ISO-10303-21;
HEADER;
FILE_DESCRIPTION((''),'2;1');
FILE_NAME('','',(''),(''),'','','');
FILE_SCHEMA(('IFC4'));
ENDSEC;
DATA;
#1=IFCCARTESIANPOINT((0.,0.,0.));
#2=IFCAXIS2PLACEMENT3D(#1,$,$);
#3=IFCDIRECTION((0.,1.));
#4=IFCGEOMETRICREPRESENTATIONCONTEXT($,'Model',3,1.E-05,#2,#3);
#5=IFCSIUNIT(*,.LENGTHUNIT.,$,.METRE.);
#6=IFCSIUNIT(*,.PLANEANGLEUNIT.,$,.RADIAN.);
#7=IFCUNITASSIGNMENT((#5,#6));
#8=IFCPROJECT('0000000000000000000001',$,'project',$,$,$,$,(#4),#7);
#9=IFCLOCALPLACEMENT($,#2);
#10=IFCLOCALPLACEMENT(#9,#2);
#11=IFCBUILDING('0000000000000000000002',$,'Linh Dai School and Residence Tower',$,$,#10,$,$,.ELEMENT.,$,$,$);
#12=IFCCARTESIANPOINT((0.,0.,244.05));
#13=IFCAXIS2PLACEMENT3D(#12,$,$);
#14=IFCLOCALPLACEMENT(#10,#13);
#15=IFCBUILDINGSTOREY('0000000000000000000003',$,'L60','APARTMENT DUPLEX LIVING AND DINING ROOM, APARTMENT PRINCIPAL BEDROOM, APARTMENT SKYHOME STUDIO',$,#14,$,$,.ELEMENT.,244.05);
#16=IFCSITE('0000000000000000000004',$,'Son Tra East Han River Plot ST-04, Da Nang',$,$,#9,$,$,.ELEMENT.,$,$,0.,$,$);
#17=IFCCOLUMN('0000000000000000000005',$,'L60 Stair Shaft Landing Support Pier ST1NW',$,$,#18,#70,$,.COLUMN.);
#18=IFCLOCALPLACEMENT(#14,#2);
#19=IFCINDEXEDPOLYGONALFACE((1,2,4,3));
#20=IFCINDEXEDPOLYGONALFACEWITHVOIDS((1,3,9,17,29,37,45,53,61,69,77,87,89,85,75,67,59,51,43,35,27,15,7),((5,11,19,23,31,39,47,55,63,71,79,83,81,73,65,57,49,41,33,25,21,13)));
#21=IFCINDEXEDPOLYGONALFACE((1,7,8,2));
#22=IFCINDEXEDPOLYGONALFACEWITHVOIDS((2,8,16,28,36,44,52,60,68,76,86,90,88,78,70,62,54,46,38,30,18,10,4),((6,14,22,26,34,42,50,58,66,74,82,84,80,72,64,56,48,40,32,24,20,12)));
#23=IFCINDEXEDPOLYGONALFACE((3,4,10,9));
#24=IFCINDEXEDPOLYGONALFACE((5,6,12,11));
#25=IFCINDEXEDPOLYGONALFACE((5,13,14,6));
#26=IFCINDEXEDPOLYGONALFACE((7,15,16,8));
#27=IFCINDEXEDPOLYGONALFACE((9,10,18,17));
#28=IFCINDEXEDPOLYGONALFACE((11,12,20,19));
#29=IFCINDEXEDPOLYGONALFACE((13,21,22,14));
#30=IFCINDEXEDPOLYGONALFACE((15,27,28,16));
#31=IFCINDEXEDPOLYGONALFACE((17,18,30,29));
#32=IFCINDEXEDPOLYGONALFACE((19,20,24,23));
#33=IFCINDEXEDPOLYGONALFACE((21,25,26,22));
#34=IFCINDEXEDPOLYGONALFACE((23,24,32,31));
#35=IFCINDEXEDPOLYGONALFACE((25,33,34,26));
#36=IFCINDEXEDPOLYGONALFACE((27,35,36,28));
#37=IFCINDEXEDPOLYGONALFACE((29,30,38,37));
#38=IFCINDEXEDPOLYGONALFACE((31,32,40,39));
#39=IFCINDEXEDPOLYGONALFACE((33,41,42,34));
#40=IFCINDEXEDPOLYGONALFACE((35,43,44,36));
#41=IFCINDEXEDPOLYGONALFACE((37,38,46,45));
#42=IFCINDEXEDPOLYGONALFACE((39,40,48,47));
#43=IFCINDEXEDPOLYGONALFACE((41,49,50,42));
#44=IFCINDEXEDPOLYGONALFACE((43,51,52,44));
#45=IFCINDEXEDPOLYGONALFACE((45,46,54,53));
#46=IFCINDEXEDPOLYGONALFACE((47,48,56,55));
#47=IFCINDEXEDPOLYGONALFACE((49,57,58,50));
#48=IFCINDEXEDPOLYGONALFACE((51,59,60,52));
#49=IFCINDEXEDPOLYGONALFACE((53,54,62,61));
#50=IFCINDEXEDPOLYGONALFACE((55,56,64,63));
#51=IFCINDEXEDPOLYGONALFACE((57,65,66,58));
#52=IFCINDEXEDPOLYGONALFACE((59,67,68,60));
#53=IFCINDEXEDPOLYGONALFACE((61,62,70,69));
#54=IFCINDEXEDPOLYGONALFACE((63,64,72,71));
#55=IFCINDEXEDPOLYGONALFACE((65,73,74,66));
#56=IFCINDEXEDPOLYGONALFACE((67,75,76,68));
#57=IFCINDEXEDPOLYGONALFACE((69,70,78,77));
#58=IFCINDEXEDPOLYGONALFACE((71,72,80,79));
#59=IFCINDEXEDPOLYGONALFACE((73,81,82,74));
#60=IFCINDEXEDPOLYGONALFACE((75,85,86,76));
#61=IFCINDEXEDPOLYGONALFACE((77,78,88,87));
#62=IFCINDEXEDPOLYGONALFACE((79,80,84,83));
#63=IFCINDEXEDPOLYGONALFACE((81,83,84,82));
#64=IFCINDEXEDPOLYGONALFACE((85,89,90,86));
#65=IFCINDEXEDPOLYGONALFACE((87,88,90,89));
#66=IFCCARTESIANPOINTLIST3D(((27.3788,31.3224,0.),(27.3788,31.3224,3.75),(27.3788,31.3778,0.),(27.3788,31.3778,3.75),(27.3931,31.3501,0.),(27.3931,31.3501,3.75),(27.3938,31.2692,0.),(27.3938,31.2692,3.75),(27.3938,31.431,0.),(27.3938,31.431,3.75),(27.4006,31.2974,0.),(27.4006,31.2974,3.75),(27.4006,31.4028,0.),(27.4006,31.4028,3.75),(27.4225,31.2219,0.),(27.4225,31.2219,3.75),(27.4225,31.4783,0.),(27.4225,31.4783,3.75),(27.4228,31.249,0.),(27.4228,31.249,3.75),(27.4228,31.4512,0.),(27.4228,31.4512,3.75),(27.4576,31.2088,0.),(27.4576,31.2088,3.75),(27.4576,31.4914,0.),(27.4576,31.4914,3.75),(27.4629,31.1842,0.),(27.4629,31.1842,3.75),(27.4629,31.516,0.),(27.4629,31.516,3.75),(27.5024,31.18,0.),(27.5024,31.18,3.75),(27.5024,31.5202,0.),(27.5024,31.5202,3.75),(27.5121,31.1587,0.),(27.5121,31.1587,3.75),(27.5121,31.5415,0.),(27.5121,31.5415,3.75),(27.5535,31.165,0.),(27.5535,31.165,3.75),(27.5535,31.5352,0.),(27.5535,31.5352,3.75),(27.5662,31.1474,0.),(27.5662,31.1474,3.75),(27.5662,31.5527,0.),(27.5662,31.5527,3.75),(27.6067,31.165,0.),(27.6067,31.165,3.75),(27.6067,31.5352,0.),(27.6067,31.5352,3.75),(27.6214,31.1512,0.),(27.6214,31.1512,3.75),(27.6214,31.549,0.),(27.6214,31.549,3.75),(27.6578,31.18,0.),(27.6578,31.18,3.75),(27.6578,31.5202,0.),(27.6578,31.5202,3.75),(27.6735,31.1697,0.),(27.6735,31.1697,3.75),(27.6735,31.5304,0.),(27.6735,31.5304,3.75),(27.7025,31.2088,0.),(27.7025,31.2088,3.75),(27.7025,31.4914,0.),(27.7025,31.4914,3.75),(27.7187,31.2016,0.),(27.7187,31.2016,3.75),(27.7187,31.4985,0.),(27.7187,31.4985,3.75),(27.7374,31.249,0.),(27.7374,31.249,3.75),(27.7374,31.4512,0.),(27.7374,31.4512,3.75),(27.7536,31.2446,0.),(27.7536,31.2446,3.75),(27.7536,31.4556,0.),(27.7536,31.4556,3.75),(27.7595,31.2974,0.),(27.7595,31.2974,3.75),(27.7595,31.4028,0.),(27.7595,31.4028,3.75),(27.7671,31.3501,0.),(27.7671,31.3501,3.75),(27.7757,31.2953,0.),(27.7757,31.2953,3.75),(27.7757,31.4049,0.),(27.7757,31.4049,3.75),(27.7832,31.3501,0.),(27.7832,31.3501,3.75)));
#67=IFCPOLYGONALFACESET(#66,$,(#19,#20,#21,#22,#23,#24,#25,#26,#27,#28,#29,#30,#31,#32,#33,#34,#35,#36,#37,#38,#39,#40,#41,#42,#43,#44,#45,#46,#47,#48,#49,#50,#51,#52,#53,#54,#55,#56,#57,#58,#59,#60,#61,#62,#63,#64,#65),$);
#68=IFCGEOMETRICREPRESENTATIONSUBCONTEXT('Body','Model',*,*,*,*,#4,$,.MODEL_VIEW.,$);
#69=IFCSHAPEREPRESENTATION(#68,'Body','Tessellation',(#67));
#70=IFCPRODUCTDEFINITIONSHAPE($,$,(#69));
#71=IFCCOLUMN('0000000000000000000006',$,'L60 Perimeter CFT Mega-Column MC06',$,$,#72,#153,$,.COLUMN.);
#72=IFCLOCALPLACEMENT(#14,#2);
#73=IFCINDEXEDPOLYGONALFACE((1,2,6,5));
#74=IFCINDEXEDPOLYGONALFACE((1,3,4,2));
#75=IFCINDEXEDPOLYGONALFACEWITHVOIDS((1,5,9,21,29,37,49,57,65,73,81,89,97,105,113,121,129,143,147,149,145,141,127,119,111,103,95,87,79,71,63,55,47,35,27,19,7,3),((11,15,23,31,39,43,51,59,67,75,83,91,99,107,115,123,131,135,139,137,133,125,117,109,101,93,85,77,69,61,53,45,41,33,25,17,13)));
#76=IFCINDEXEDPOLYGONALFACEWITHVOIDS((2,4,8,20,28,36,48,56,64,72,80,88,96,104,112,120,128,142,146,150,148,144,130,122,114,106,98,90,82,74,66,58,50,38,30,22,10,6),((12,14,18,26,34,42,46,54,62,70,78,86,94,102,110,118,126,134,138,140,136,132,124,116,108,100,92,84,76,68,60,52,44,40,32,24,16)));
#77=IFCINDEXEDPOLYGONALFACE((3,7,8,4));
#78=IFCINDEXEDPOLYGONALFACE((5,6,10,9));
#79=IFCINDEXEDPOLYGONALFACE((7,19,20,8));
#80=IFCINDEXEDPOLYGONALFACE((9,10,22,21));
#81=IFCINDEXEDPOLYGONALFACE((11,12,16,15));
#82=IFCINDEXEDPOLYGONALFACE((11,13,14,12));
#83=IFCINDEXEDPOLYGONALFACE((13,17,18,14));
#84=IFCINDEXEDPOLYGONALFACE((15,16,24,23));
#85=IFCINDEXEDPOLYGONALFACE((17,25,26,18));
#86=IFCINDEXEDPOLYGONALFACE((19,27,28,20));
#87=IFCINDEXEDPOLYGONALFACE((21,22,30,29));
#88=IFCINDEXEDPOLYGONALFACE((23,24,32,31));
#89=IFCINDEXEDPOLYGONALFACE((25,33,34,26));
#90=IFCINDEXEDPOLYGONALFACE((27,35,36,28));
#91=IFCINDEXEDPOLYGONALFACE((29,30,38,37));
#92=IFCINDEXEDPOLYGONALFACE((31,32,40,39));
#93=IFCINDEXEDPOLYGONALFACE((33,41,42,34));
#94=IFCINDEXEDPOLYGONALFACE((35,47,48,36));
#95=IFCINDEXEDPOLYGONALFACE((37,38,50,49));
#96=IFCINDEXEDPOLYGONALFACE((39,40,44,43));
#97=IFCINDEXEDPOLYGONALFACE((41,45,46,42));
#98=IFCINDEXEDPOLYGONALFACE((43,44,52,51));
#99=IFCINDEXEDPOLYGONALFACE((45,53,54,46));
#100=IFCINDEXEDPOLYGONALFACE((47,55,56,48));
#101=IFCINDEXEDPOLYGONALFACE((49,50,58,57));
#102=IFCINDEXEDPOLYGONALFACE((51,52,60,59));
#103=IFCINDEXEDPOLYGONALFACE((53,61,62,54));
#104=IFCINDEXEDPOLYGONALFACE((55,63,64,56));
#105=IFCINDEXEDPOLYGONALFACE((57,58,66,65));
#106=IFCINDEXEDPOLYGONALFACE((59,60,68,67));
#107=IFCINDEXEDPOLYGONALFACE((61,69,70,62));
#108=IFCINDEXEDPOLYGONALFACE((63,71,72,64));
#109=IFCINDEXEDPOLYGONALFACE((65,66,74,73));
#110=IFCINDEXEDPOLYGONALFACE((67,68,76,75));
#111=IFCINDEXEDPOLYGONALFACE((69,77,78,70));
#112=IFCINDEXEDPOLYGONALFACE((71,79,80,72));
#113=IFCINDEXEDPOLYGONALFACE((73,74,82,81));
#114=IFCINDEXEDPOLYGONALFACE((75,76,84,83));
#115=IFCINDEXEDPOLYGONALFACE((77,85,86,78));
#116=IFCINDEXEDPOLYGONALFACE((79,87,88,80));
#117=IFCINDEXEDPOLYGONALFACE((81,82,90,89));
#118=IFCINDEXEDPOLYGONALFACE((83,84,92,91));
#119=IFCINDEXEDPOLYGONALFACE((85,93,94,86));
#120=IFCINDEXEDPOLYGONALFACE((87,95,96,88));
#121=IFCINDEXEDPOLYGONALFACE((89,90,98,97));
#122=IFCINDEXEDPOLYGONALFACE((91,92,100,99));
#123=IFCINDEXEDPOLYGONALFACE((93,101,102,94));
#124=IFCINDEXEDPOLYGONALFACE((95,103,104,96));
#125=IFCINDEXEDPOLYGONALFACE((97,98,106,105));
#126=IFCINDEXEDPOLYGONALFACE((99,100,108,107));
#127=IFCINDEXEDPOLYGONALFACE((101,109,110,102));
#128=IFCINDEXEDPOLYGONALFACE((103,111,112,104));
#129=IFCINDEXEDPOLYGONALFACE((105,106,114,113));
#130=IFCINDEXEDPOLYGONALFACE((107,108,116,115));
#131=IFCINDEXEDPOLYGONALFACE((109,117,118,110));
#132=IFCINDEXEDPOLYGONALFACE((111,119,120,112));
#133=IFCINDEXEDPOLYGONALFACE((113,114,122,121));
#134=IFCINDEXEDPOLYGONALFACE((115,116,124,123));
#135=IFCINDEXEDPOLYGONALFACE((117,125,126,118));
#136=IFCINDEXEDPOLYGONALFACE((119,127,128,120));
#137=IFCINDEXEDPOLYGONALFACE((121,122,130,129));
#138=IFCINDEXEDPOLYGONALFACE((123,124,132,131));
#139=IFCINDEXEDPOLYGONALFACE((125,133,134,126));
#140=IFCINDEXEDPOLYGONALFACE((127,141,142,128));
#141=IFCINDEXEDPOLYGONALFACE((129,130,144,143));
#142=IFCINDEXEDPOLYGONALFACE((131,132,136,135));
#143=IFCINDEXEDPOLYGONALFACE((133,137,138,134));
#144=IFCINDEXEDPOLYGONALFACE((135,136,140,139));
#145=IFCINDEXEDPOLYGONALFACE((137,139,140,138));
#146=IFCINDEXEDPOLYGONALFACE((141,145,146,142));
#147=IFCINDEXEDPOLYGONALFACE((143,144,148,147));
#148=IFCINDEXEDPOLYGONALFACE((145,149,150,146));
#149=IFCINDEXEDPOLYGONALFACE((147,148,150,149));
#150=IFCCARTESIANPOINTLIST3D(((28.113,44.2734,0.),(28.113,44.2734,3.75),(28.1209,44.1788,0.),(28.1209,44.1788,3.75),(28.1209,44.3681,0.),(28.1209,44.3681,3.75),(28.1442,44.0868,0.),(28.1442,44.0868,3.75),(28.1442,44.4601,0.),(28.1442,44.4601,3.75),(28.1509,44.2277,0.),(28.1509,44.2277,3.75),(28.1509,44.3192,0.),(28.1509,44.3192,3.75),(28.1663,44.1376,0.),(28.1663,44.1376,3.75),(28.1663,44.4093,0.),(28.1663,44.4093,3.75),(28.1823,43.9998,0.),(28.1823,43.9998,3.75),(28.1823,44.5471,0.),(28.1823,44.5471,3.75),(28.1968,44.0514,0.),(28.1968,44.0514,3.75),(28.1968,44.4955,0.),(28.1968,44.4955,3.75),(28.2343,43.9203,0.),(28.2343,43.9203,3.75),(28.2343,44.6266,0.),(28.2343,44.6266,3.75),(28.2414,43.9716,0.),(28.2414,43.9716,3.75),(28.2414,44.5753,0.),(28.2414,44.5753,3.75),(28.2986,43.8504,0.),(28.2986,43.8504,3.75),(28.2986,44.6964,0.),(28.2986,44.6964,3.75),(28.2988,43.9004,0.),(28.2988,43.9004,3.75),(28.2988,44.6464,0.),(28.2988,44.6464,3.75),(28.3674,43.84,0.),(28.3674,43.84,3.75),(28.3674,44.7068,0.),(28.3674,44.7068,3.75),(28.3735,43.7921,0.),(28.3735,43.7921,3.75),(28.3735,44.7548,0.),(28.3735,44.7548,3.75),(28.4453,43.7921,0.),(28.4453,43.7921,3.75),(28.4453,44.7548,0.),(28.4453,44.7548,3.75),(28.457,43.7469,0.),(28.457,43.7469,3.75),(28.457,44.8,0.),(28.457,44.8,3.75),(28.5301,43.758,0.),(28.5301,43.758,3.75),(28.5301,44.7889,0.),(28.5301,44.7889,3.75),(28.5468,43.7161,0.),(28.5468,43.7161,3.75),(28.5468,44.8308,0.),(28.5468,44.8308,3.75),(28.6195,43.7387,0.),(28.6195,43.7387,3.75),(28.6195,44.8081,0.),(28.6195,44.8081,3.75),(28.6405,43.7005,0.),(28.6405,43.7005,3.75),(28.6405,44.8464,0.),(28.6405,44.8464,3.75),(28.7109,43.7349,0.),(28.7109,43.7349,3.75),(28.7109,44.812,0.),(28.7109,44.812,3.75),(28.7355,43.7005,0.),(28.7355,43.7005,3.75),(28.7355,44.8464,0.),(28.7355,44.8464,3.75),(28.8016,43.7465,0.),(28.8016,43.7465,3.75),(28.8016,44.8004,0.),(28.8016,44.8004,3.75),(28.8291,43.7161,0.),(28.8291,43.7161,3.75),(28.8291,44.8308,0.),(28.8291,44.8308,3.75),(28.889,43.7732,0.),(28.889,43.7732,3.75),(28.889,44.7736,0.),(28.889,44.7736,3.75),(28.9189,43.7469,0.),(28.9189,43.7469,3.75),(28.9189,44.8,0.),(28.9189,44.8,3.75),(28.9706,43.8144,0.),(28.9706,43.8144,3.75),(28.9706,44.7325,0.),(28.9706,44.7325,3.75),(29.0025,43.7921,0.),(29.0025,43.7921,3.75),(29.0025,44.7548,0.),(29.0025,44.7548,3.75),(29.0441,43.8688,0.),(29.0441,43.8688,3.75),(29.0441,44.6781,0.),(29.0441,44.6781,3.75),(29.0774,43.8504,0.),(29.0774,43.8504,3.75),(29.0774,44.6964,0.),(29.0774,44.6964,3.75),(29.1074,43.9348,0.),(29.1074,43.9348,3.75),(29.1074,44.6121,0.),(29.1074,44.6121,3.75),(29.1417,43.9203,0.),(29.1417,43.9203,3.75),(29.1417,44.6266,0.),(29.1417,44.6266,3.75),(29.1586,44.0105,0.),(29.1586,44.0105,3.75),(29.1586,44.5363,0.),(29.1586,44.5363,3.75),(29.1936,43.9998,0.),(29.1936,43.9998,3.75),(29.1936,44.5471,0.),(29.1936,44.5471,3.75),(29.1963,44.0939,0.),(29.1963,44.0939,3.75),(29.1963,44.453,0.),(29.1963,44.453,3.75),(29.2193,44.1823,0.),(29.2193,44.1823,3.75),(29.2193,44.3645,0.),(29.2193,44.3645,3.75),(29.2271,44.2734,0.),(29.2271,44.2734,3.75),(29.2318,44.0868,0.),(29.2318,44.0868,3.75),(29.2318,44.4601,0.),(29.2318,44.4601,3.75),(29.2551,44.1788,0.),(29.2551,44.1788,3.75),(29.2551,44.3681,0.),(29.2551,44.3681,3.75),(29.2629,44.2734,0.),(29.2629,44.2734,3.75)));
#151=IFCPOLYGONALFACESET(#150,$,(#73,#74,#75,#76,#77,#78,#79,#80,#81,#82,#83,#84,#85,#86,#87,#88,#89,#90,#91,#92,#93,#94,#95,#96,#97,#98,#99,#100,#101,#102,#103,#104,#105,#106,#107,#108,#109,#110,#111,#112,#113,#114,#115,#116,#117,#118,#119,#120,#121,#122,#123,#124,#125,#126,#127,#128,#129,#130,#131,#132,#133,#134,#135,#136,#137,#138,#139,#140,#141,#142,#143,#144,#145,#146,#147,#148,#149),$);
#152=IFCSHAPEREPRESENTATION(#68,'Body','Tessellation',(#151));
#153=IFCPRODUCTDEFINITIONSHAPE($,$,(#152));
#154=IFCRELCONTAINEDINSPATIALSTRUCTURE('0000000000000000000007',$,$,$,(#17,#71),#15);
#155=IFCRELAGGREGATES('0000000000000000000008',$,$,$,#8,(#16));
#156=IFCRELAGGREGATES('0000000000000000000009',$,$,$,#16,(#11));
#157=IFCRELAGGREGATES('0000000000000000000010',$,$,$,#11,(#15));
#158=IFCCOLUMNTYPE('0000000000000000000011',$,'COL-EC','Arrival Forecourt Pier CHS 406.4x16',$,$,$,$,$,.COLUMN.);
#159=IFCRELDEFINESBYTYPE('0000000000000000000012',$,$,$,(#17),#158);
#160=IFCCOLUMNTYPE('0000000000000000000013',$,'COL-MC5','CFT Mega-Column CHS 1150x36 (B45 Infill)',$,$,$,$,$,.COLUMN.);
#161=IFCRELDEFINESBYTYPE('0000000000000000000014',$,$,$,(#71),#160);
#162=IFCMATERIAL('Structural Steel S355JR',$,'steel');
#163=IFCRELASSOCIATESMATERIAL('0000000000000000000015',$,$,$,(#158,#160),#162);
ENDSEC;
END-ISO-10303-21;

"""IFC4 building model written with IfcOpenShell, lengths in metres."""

from ifc_helpers import new_model, si_unit, direction, frame, origin, origin_2d, place, context, subcontext, project, spatial, hollow_circle, extrude, material, material_profile, profile_set, type_object, element, save


model = new_model("IFC4")

# Units and contexts
model_context = context("Model", 3, precision=1e-05, world=origin(), true_north=direction((0.0, 1.0)))
body_context = subcontext(model_context, "Body", "Model", "MODEL_VIEW")
ifc_project = project(units=[si_unit("LENGTHUNIT", "METRE"), si_unit("PLANEANGLEUNIT", "RADIAN")], contexts=[model_context])

# Site, building, storey
site_placement = place(None, origin())
site = spatial("IfcSite", under=ifc_project, at=site_placement, Name="Son Tra East Han River Plot ST-04, Da Nang", CompositionType="ELEMENT", RefElevation=0.0)
building_placement = place(site_placement, origin())
building = spatial("IfcBuilding", under=site, at=building_placement, Name="Linh Dai School and Residence Tower", CompositionType="ELEMENT")
storey_placement = place(building_placement, frame((0.0, 0.0, 244.05)))
storey = spatial("IfcBuildingStorey", under=building, at=storey_placement, Name="L60", Description="APARTMENT DUPLEX LIVING AND DINING ROOM, APARTMENT PRINCIPAL BEDROOM, APARTMENT SKYHOME STUDIO", CompositionType="ELEMENT", Elevation=244.05)

# Columns
ifc_material_1 = material(Name="Structural Steel S355JR", Category="steel")
ifc_material_profile_1 = material_profile(ifc_material_1, hollow_circle(Radius=0.2031, WallThickness=0.0161, at=origin_2d()), Name="CHS 406.4x16")
ifc_profile_set_1 = profile_set([ifc_material_profile_1], Name="Structural Steel S355JR")
column_type_1 = type_object("IfcColumnType", Name="COL-EC", Description="Arrival Forecourt Pier CHS 406.4x16", PredefinedType="COLUMN", material=ifc_profile_set_1)
column_1_placement = place(storey_placement, frame((27.5801, 31.3501, 0.0), z_axis=(0.0, 0.0, 1.0), x_axis=(1.0, 0.0, 0.0)))
element("IfcColumn", 1, at=column_1_placement, inside=storey, type_object=column_type_1, Name="L60 Stair Shaft Landing Support Pier ST1NW", PredefinedType="COLUMN", context=body_context, shape_type="SweptSolid", body=[
    extrude(hollow_circle(Radius=0.2031, WallThickness=0.0161, at=origin_2d()), origin(), (0.0, 0.0, 1.0), 3.75),
])
ifc_material_profile_2 = material_profile(ifc_material_1, hollow_circle(Radius=0.575, WallThickness=0.0359, at=origin_2d()), Name="CHS 1150x36")
ifc_profile_set_2 = profile_set([ifc_material_profile_2], Name="Structural Steel S355JR")
column_type_2 = type_object("IfcColumnType", Name="COL-MC5", Description="CFT Mega-Column CHS 1150x36 (B45 Infill)", PredefinedType="COLUMN", material=ifc_profile_set_2)
column_2_placement = place(storey_placement, frame((28.688, 44.2734, 0.0), z_axis=(0.0, 0.0, 1.0), x_axis=(1.0, 0.0, 0.0)))
element("IfcColumn", 2, at=column_2_placement, inside=storey, type_object=column_type_2, Name="L60 Perimeter CFT Mega-Column MC06", PredefinedType="COLUMN", context=body_context, shape_type="SweptSolid", body=[
    extrude(hollow_circle(Radius=0.575, WallThickness=0.0359, at=origin_2d()), origin(), (0.0, 0.0, 1.0), 3.75),
])

save(model, "model.ifc")
